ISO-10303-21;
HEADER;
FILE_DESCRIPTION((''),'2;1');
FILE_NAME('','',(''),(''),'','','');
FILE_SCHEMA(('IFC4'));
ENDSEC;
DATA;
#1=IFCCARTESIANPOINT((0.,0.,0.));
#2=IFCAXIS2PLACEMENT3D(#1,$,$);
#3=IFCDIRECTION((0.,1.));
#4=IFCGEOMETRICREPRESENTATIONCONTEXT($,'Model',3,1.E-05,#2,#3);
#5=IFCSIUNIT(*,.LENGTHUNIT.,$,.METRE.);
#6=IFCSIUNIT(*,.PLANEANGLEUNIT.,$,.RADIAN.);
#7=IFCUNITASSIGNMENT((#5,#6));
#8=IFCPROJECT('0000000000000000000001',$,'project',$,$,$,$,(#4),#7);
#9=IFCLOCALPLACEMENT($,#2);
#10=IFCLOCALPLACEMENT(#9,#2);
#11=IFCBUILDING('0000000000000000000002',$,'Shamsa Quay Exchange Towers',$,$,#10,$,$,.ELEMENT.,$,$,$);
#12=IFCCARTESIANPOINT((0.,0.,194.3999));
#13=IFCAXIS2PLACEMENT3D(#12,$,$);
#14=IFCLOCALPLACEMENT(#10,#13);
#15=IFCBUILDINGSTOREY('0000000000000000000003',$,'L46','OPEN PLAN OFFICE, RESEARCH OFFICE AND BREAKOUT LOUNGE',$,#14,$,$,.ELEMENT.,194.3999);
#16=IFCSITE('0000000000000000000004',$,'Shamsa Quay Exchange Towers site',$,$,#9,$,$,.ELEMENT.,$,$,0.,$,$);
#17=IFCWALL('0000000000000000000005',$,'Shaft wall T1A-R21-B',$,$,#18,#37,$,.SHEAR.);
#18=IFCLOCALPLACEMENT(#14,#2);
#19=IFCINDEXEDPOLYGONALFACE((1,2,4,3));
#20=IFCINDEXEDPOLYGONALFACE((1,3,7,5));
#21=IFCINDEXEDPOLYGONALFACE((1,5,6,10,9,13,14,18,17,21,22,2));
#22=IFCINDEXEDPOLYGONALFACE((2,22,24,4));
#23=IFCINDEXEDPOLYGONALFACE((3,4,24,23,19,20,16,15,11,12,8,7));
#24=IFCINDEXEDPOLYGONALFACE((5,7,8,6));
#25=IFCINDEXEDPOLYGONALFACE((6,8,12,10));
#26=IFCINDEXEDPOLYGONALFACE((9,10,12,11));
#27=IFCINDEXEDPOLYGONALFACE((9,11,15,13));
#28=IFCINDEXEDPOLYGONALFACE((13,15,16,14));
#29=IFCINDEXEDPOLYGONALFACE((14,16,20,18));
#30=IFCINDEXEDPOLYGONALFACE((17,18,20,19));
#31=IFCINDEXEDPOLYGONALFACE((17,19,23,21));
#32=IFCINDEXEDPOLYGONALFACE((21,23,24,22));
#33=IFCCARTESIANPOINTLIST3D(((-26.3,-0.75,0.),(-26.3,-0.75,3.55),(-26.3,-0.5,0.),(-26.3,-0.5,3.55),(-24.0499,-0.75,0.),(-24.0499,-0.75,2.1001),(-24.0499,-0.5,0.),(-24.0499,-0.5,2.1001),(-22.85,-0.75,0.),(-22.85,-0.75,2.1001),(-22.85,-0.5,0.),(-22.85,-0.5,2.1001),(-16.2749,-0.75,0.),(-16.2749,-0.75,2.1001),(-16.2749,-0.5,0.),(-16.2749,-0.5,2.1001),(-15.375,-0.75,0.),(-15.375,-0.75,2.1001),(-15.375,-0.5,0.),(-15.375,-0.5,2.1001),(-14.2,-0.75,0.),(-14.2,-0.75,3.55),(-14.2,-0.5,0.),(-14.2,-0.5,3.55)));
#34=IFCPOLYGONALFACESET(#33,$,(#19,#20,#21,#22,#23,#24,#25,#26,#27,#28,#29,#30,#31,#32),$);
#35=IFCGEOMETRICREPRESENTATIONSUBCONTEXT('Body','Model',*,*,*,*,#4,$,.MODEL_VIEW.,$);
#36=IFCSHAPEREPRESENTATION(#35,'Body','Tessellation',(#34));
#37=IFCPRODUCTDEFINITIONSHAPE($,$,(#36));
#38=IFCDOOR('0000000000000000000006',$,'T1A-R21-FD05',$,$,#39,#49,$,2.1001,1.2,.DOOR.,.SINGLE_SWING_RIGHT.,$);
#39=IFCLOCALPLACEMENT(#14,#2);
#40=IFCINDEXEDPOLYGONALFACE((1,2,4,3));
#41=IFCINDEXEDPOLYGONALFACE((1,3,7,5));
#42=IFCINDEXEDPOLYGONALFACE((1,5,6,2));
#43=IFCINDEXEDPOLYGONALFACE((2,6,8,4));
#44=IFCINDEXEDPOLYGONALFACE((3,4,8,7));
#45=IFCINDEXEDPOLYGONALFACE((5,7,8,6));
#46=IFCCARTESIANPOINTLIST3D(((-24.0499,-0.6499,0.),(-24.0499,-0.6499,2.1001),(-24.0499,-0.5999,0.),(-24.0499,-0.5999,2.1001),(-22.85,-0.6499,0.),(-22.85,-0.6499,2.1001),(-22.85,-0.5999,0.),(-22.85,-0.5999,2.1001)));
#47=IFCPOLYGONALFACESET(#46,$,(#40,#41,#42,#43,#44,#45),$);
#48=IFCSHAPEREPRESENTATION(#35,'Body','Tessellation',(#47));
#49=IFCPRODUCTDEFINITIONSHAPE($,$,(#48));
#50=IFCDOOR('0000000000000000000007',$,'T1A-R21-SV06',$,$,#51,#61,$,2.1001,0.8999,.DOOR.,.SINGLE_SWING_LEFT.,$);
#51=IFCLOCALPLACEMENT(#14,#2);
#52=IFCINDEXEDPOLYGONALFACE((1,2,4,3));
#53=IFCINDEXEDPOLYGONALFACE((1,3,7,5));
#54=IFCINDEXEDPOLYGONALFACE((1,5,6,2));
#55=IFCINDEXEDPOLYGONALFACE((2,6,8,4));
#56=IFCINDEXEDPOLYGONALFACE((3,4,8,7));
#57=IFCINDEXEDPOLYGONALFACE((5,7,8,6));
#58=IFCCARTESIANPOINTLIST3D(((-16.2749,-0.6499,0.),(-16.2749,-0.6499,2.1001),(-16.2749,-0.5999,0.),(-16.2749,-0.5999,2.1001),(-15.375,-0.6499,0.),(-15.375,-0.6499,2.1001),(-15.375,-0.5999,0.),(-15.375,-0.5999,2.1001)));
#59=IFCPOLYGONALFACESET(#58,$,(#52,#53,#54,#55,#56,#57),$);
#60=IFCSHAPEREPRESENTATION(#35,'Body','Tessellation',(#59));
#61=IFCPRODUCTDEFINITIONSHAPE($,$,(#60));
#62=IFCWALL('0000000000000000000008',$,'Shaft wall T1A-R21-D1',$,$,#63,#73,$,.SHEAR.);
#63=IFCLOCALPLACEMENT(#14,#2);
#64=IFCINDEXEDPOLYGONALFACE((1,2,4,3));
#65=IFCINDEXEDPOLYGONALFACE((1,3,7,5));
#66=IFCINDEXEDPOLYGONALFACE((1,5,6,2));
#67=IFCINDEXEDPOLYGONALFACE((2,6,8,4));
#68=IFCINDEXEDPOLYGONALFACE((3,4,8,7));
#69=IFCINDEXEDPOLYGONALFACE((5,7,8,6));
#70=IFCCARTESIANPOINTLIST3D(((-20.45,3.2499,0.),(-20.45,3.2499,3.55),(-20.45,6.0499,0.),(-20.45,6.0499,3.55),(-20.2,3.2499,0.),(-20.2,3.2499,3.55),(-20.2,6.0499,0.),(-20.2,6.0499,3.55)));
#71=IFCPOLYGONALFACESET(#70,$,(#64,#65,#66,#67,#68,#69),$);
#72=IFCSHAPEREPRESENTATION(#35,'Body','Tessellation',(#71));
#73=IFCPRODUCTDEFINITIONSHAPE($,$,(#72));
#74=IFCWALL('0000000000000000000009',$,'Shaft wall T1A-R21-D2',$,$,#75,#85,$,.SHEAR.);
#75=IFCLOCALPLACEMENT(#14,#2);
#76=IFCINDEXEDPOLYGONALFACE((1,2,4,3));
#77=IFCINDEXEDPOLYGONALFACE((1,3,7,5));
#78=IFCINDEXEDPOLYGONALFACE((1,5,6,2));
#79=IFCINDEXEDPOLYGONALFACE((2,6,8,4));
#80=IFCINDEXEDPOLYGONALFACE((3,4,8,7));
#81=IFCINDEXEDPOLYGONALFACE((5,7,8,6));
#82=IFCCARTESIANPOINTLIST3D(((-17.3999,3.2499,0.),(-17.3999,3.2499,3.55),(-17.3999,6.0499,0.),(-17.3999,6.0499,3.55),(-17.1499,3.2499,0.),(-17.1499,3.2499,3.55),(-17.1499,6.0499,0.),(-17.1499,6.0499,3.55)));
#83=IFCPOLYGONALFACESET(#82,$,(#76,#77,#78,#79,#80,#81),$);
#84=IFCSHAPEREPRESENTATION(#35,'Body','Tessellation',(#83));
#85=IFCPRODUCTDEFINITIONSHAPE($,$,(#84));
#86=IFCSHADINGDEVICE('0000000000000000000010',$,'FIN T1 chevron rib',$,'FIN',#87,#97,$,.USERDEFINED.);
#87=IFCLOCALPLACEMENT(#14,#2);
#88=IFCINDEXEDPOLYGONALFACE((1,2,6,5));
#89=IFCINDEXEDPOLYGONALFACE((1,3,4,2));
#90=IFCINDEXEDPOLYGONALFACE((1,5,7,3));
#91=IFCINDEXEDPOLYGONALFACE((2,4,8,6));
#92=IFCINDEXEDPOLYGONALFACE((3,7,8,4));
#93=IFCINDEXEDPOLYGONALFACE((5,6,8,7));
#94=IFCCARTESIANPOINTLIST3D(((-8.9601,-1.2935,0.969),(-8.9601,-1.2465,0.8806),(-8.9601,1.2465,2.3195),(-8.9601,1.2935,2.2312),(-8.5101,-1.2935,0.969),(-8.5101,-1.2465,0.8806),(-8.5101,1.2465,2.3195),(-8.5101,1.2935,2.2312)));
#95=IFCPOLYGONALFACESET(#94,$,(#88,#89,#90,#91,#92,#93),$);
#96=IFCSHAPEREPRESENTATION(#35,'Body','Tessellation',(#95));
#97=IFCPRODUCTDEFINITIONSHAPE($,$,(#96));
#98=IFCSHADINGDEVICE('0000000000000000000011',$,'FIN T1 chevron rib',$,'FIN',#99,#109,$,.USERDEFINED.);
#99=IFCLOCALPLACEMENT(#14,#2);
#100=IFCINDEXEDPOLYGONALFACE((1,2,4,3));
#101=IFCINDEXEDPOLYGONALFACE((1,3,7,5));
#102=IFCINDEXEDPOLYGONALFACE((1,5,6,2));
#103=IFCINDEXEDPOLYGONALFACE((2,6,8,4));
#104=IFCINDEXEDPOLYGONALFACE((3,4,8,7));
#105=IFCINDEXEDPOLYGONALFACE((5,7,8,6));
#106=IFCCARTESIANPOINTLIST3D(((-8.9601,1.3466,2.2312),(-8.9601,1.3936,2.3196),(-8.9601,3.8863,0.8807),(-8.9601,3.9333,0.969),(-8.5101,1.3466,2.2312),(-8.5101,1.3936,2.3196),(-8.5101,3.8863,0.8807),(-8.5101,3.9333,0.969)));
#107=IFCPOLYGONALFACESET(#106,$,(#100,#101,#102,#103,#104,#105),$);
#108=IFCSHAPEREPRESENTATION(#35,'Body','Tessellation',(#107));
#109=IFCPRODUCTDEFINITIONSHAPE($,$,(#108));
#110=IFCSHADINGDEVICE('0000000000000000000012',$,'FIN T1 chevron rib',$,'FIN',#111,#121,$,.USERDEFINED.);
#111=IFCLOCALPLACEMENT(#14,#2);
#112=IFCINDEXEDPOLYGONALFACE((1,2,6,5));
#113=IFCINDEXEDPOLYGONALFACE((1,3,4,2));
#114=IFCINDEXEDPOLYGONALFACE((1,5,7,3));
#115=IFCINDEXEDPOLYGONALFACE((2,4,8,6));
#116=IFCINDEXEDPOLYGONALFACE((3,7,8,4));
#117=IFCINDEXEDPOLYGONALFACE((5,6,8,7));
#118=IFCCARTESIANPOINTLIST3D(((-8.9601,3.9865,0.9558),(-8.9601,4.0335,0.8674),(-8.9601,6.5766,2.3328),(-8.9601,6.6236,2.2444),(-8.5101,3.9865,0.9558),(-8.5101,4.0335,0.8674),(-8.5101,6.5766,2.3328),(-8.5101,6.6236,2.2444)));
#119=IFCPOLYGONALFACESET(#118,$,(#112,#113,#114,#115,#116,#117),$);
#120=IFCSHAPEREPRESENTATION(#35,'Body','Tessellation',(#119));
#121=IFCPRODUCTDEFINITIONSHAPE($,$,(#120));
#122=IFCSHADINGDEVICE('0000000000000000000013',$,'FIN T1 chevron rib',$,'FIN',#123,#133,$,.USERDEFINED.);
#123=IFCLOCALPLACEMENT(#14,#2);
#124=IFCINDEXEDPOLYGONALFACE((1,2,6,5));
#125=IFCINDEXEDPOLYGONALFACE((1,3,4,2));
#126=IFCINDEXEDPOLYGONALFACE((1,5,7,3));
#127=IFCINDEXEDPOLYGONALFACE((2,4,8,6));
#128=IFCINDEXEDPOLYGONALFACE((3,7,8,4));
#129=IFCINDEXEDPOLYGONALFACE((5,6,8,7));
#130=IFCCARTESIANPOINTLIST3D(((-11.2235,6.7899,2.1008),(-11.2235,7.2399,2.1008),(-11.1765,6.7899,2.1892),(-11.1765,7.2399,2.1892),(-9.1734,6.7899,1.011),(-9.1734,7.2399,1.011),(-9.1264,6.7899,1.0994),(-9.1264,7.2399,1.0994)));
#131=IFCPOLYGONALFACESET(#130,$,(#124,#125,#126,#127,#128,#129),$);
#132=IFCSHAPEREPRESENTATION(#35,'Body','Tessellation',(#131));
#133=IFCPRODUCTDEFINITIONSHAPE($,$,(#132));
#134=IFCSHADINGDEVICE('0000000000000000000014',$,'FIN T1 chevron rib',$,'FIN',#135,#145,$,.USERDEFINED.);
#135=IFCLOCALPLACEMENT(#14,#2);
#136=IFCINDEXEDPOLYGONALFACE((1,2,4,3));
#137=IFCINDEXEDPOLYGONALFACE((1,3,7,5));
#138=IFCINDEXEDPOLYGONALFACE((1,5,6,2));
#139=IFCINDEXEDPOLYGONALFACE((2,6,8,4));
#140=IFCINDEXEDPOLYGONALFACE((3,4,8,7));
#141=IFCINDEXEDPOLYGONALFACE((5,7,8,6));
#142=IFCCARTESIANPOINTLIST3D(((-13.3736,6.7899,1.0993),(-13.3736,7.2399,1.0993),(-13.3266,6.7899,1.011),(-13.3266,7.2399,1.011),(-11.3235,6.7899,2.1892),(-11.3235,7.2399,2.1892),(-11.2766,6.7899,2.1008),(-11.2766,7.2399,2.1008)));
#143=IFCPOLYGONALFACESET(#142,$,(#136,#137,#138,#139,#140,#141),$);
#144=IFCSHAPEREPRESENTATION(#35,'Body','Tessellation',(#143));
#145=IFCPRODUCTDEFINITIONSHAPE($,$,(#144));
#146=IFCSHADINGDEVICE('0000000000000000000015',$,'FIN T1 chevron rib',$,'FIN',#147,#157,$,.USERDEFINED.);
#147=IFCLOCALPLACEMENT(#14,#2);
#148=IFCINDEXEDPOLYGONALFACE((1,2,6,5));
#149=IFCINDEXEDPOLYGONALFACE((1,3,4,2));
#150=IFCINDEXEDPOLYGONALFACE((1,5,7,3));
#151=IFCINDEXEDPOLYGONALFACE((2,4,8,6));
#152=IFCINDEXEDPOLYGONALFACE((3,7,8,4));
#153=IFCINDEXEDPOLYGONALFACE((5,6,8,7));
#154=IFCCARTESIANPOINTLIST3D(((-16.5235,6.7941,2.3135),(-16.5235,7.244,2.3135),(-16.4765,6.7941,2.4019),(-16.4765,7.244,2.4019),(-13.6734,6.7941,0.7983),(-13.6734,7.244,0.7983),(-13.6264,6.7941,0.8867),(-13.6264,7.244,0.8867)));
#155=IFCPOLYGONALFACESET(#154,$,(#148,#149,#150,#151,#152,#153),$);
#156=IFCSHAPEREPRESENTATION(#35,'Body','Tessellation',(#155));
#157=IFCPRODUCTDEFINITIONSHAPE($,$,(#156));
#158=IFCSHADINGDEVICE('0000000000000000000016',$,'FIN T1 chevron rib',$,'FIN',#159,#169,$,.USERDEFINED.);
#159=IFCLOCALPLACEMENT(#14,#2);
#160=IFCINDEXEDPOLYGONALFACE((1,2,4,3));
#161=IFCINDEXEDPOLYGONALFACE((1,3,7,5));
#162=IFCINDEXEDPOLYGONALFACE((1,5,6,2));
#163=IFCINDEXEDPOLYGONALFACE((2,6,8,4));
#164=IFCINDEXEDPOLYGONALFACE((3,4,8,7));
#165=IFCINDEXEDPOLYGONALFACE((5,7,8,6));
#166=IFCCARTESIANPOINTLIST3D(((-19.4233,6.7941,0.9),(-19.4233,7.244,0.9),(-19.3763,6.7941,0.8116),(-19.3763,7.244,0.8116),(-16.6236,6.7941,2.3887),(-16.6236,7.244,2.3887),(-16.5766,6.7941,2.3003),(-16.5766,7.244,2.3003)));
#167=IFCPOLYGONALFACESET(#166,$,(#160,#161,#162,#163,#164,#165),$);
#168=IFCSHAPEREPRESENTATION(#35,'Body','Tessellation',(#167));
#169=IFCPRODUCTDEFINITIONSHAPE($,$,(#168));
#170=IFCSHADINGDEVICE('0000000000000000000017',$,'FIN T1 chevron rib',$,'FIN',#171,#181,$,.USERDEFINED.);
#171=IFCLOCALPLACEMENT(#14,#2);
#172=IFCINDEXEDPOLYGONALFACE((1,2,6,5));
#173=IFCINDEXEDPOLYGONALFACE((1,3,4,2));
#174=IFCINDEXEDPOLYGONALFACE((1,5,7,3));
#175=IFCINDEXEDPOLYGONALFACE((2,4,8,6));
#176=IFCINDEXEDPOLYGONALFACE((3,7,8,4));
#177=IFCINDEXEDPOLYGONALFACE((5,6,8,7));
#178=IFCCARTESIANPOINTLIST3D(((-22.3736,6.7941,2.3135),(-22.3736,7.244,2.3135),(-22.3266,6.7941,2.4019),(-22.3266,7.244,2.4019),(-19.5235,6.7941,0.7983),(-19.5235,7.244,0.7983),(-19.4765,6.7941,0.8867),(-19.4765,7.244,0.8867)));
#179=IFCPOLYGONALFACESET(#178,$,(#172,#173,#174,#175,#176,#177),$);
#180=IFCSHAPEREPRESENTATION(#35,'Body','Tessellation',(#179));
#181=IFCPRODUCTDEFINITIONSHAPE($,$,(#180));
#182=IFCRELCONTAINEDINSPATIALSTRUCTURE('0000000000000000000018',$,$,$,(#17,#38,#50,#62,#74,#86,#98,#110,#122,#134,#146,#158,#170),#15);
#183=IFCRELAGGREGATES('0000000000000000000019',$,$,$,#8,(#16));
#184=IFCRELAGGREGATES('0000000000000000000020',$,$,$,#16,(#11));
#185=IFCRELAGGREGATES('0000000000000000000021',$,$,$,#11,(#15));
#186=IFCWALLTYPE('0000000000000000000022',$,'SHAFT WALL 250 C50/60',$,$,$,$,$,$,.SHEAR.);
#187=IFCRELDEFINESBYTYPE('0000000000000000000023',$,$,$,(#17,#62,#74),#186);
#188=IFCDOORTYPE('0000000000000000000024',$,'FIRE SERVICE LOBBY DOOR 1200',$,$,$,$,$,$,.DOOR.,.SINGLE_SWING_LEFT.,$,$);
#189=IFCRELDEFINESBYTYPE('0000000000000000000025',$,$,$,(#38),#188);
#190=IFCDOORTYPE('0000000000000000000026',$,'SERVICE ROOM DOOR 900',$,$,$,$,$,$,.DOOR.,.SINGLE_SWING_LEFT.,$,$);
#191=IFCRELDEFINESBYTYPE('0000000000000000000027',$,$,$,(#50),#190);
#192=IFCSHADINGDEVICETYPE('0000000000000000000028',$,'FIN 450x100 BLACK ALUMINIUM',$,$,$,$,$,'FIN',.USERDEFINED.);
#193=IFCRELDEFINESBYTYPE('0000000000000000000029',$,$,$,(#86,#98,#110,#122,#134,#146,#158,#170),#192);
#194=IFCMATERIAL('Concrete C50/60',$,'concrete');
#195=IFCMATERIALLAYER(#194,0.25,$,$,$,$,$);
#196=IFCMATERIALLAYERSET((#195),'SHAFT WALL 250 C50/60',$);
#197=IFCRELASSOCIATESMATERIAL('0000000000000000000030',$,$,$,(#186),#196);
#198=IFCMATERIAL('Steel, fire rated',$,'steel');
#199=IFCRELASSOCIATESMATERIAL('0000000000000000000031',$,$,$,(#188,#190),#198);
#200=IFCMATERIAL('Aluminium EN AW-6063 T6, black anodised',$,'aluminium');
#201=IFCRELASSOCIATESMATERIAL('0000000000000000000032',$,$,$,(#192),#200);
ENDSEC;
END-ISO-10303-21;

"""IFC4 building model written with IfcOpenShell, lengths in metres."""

from ifc_helpers import new_model, si_unit, direction, frame, frame_2d, origin, origin_2d, place, context, subcontext, project, spatial, rectangle, extrude, material, layer, layer_set, material_profile, profile_set, type_object, element, fill, save


model = new_model("IFC4")

# Units and contexts
model_context = context("Model", 3, precision=1e-05, world=origin(), true_north=direction((0.0, 1.0)))
body_context = subcontext(model_context, "Body", "Model", "MODEL_VIEW")
ifc_project = project(units=[si_unit("LENGTHUNIT", "METRE"), si_unit("PLANEANGLEUNIT", "RADIAN")], contexts=[model_context])

# Site, building, storey
site_placement = place(None, origin())
site = spatial("IfcSite", under=ifc_project, at=site_placement, Name="Shamsa Quay Exchange Towers site", CompositionType="ELEMENT", RefElevation=0.0)
building_placement = place(site_placement, origin())
building = spatial("IfcBuilding", under=site, at=building_placement, Name="Shamsa Quay Exchange Towers", CompositionType="ELEMENT")
storey_placement = place(building_placement, frame((0.0, 0.0, 194.3999)))
storey = spatial("IfcBuildingStorey", under=building, at=storey_placement, Name="L46", Description="OPEN PLAN OFFICE, RESEARCH OFFICE AND BREAKOUT LOUNGE", CompositionType="ELEMENT", Elevation=194.3999)

# Shared definitions
ifc_material_1 = material(Name="Aluminium EN AW-6063 T6, black anodised", Category="aluminium")

# Wall, openings, doors
ifc_material_2 = material(Name="Steel, fire rated", Category="steel")
ifc_material_3 = material(Name="Concrete C50/60", Category="concrete")
ifc_layer_1 = layer(ifc_material_3, 0.25)
ifc_layer_set_1 = layer_set([ifc_layer_1], Name="SHAFT WALL 250 C50/60")
wall_type_1 = type_object("IfcWallType", Name="SHAFT WALL 250 C50/60", PredefinedType="SHEAR", material=ifc_layer_set_1)
wall_1_placement = place(storey_placement, frame((-14.2, -0.625, 0.0), z_axis=(0.0, 0.0, 1.0), x_axis=(-1.0, 0.0, 0.0)))
wall_1 = element("IfcWall", 1, at=wall_1_placement, inside=storey, type_object=wall_type_1, Name="Shaft wall T1A-R21-B", PredefinedType="SHEAR", context=body_context, shape_type="SweptSolid", body=[
    extrude(rectangle(XDim=12.1001, YDim=0.25, at=frame_2d((6.05, 0.0))), origin(), (0.0, 0.0, 1.0), 3.55),
])
opening_1_placement = place(wall_1_placement, frame((8.6499, 0.0, 0.0)))
opening_1 = element("IfcOpeningElement", 2, at=opening_1_placement, cuts=wall_1, PredefinedType="OPENING", context=body_context, shape_type="SweptSolid", body=[
    extrude(rectangle(XDim=1.2, YDim=2.1001, at=frame_2d((0.6001, 1.05))), frame((0.0, 0.135, 0.0), z_axis=(0.0, -1.0, 0.0), x_axis=(1.0, 0.0, 0.0)), (0.0, 0.0, 1.0), 0.27),
])
opening_2_placement = place(wall_1_placement, frame((1.175, 0.0, 0.0)))
opening_2 = element("IfcOpeningElement", 3, at=opening_2_placement, cuts=wall_1, PredefinedType="OPENING", context=body_context, shape_type="SweptSolid", body=[
    extrude(rectangle(XDim=0.8999, YDim=2.1001, at=frame_2d((0.45, 1.05))), frame((0.0, 0.135, 0.0), z_axis=(0.0, -1.0, 0.0), x_axis=(1.0, 0.0, 0.0)), (0.0, 0.0, 1.0), 0.27),
])
door_type_1 = type_object("IfcDoorType", Name="FIRE SERVICE LOBBY DOOR 1200", OperationType="SINGLE_SWING_LEFT", PredefinedType="DOOR", material=ifc_material_2)
door_1_placement = place(opening_1_placement, origin())
door_1 = element("IfcDoor", 4, at=door_1_placement, inside=storey, type_object=door_type_1, Name="T1A-R21-FD05", OperationType="SINGLE_SWING_RIGHT", OverallHeight=2.1001, OverallWidth=1.2, PredefinedType="DOOR", context=body_context, shape_type="SweptSolid", body=[
    extrude(rectangle(XDim=1.2, YDim=2.1001, at=frame_2d((0.6001, 1.05))), frame((0.0, 0.0249, 0.0), z_axis=(0.0, -1.0, 0.0), x_axis=(1.0, 0.0, 0.0)), (0.0, 0.0, 1.0), 0.05),
])
fill(opening_1, door_1)
door_type_2 = type_object("IfcDoorType", Name="SERVICE ROOM DOOR 900", OperationType="SINGLE_SWING_LEFT", PredefinedType="DOOR", material=ifc_material_2)
door_2_placement = place(opening_2_placement, origin())
door_2 = element("IfcDoor", 5, at=door_2_placement, inside=storey, type_object=door_type_2, Name="T1A-R21-SV06", OperationType="SINGLE_SWING_LEFT", OverallHeight=2.1001, OverallWidth=0.8999, PredefinedType="DOOR", context=body_context, shape_type="SweptSolid", body=[
    extrude(rectangle(XDim=0.8999, YDim=2.1001, at=frame_2d((0.45, 1.05))), frame((0.0, 0.0249, 0.0), z_axis=(0.0, -1.0, 0.0), x_axis=(1.0, 0.0, 0.0)), (0.0, 0.0, 1.0), 0.05),
])
fill(opening_2, door_2)

# Walls
for number, where, z_axis, x_axis, name in (
    (6, (-20.325, 3.25, 0.0), (0.0, 0.0, 1.0), (0.0, 1.0, 0.0), "Shaft wall T1A-R21-D1"),
    (7, (-17.2749, 3.25, 0.0), (0.0, 0.0, 1.0), (0.0, 1.0, 0.0), "Shaft wall T1A-R21-D2"),
):
    element("IfcWall", number, at=place(storey_placement, frame(where, z_axis=z_axis, x_axis=x_axis)), inside=storey, type_object=wall_type_1, Name=name, PredefinedType="SHEAR", context=body_context, shape_type="SweptSolid", body=[
        extrude(rectangle(XDim=2.8, YDim=0.25, at=frame_2d((1.3999, 0.0))), origin(), (0.0, 0.0, 1.0), 3.55),
    ])

# Shading devices
ifc_material_profile_1 = material_profile(ifc_material_1, rectangle(XDim=0.45, YDim=0.1001, at=origin_2d()), Name="FIN450x100")
ifc_profile_set_1 = profile_set([ifc_material_profile_1], Name="Aluminium EN AW-6063 T6, black anodised")
shading_device_type = type_object("IfcShadingDeviceType", Name="FIN 450x100 BLACK ALUMINIUM", ElementType="FIN", PredefinedType="USERDEFINED", material=ifc_profile_set_1)
shading_device_1_placement = place(storey_placement, frame((-8.7351, -1.27, 0.9248), z_axis=(0.0, 0.882944, 0.469478), x_axis=(-1.0, 0.0, 0.0)))
element("IfcShadingDevice", 8, at=shading_device_1_placement, inside=storey, type_object=shading_device_type, Name="FIN T1 chevron rib", ObjectType="FIN", PredefinedType="USERDEFINED", context=body_context, shape_type="SweptSolid", body=[
    extrude(rectangle(XDim=0.45, YDim=0.1001, at=origin_2d()), origin(), (0.0, 0.0, 1.0), 2.8767),
])
shading_device_2_placement = place(storey_placement, frame((-8.7351, 1.3701, 2.2754), z_axis=(0.0, 0.882926, -0.469513), x_axis=(-1.0, 0.0, 0.0)))
element("IfcShadingDevice", 9, at=shading_device_2_placement, inside=storey, type_object=shading_device_type, Name="FIN T1 chevron rib", ObjectType="FIN", PredefinedType="USERDEFINED", context=body_context, shape_type="SweptSolid", body=[
    extrude(rectangle(XDim=0.45, YDim=0.1001, at=origin_2d()), origin(), (0.0, 0.0, 1.0), 2.8765),
])
shading_device_3_placement = place(storey_placement, frame((-8.7351, 4.01, 0.9116), z_axis=(0.0, 0.882979, 0.469413), x_axis=(-1.0, 0.0, 0.0)))
element("IfcShadingDevice", 10, at=shading_device_3_placement, inside=storey, type_object=shading_device_type, Name="FIN T1 chevron rib", ObjectType="FIN", PredefinedType="USERDEFINED", context=body_context, shape_type="SweptSolid", body=[
    extrude(rectangle(XDim=0.45, YDim=0.1001, at=origin_2d()), origin(), (0.0, 0.0, 1.0), 2.9333),
])
for number, where, z_axis, x_axis, name in (
    (11, (-9.1499, 7.0149, 1.0552), (-0.882981, 0.0, 0.469409), (0.0, -1.0, 0.0), "FIN T1 chevron rib"),
    (12, (-11.3, 7.0149, 2.145), (-0.882981, 0.0, -0.469409), (0.0, -1.0, 0.0), "FIN T1 chevron rib"),
):
    element("IfcShadingDevice", number, at=place(storey_placement, frame(where, z_axis=z_axis, x_axis=x_axis)), inside=storey, type_object=shading_device_type, Name=name, ObjectType="FIN", PredefinedType="USERDEFINED", context=body_context, shape_type="SweptSolid", body=[
        extrude(rectangle(XDim=0.45, YDim=0.1001, at=origin_2d()), origin(), (0.0, 0.0, 1.0), 2.3218),
    ])
shading_device_4_placement = place(storey_placement, frame((-13.6499, 7.019, 0.8425), z_axis=(-0.882984, 0.0, 0.469402), x_axis=(0.0, -1.0, 0.0)))
element("IfcShadingDevice", 13, at=shading_device_4_placement, inside=storey, type_object=shading_device_type, Name="FIN T1 chevron rib", ObjectType="FIN", PredefinedType="USERDEFINED", context=body_context, shape_type="SweptSolid", body=[
    extrude(rectangle(XDim=0.45, YDim=0.1001, at=origin_2d()), origin(), (0.0, 0.0, 1.0), 3.2278),
])
shading_device_5_placement = place(storey_placement, frame((-16.6001, 7.019, 2.3445), z_axis=(-0.882936, 0.0, -0.469493), x_axis=(0.0, -1.0, 0.0)))
element("IfcShadingDevice", 14, at=shading_device_5_placement, inside=storey, type_object=shading_device_type, Name="FIN T1 chevron rib", ObjectType="FIN", PredefinedType="USERDEFINED", context=body_context, shape_type="SweptSolid", body=[
    extrude(rectangle(XDim=0.45, YDim=0.1001, at=origin_2d()), origin(), (0.0, 0.0, 1.0), 3.1709),
])
shading_device_6_placement = place(storey_placement, frame((-19.5, 7.019, 0.8425), z_axis=(-0.882984, 0.0, 0.469402), x_axis=(0.0, -1.0, 0.0)))
element("IfcShadingDevice", 15, at=shading_device_6_placement, inside=storey, type_object=shading_device_type, Name="FIN T1 chevron rib", ObjectType="FIN", PredefinedType="USERDEFINED", context=body_context, shape_type="SweptSolid", body=[
    extrude(rectangle(XDim=0.45, YDim=0.1001, at=origin_2d()), origin(), (0.0, 0.0, 1.0), 3.2278),
])

save(model, "model.ifc")
